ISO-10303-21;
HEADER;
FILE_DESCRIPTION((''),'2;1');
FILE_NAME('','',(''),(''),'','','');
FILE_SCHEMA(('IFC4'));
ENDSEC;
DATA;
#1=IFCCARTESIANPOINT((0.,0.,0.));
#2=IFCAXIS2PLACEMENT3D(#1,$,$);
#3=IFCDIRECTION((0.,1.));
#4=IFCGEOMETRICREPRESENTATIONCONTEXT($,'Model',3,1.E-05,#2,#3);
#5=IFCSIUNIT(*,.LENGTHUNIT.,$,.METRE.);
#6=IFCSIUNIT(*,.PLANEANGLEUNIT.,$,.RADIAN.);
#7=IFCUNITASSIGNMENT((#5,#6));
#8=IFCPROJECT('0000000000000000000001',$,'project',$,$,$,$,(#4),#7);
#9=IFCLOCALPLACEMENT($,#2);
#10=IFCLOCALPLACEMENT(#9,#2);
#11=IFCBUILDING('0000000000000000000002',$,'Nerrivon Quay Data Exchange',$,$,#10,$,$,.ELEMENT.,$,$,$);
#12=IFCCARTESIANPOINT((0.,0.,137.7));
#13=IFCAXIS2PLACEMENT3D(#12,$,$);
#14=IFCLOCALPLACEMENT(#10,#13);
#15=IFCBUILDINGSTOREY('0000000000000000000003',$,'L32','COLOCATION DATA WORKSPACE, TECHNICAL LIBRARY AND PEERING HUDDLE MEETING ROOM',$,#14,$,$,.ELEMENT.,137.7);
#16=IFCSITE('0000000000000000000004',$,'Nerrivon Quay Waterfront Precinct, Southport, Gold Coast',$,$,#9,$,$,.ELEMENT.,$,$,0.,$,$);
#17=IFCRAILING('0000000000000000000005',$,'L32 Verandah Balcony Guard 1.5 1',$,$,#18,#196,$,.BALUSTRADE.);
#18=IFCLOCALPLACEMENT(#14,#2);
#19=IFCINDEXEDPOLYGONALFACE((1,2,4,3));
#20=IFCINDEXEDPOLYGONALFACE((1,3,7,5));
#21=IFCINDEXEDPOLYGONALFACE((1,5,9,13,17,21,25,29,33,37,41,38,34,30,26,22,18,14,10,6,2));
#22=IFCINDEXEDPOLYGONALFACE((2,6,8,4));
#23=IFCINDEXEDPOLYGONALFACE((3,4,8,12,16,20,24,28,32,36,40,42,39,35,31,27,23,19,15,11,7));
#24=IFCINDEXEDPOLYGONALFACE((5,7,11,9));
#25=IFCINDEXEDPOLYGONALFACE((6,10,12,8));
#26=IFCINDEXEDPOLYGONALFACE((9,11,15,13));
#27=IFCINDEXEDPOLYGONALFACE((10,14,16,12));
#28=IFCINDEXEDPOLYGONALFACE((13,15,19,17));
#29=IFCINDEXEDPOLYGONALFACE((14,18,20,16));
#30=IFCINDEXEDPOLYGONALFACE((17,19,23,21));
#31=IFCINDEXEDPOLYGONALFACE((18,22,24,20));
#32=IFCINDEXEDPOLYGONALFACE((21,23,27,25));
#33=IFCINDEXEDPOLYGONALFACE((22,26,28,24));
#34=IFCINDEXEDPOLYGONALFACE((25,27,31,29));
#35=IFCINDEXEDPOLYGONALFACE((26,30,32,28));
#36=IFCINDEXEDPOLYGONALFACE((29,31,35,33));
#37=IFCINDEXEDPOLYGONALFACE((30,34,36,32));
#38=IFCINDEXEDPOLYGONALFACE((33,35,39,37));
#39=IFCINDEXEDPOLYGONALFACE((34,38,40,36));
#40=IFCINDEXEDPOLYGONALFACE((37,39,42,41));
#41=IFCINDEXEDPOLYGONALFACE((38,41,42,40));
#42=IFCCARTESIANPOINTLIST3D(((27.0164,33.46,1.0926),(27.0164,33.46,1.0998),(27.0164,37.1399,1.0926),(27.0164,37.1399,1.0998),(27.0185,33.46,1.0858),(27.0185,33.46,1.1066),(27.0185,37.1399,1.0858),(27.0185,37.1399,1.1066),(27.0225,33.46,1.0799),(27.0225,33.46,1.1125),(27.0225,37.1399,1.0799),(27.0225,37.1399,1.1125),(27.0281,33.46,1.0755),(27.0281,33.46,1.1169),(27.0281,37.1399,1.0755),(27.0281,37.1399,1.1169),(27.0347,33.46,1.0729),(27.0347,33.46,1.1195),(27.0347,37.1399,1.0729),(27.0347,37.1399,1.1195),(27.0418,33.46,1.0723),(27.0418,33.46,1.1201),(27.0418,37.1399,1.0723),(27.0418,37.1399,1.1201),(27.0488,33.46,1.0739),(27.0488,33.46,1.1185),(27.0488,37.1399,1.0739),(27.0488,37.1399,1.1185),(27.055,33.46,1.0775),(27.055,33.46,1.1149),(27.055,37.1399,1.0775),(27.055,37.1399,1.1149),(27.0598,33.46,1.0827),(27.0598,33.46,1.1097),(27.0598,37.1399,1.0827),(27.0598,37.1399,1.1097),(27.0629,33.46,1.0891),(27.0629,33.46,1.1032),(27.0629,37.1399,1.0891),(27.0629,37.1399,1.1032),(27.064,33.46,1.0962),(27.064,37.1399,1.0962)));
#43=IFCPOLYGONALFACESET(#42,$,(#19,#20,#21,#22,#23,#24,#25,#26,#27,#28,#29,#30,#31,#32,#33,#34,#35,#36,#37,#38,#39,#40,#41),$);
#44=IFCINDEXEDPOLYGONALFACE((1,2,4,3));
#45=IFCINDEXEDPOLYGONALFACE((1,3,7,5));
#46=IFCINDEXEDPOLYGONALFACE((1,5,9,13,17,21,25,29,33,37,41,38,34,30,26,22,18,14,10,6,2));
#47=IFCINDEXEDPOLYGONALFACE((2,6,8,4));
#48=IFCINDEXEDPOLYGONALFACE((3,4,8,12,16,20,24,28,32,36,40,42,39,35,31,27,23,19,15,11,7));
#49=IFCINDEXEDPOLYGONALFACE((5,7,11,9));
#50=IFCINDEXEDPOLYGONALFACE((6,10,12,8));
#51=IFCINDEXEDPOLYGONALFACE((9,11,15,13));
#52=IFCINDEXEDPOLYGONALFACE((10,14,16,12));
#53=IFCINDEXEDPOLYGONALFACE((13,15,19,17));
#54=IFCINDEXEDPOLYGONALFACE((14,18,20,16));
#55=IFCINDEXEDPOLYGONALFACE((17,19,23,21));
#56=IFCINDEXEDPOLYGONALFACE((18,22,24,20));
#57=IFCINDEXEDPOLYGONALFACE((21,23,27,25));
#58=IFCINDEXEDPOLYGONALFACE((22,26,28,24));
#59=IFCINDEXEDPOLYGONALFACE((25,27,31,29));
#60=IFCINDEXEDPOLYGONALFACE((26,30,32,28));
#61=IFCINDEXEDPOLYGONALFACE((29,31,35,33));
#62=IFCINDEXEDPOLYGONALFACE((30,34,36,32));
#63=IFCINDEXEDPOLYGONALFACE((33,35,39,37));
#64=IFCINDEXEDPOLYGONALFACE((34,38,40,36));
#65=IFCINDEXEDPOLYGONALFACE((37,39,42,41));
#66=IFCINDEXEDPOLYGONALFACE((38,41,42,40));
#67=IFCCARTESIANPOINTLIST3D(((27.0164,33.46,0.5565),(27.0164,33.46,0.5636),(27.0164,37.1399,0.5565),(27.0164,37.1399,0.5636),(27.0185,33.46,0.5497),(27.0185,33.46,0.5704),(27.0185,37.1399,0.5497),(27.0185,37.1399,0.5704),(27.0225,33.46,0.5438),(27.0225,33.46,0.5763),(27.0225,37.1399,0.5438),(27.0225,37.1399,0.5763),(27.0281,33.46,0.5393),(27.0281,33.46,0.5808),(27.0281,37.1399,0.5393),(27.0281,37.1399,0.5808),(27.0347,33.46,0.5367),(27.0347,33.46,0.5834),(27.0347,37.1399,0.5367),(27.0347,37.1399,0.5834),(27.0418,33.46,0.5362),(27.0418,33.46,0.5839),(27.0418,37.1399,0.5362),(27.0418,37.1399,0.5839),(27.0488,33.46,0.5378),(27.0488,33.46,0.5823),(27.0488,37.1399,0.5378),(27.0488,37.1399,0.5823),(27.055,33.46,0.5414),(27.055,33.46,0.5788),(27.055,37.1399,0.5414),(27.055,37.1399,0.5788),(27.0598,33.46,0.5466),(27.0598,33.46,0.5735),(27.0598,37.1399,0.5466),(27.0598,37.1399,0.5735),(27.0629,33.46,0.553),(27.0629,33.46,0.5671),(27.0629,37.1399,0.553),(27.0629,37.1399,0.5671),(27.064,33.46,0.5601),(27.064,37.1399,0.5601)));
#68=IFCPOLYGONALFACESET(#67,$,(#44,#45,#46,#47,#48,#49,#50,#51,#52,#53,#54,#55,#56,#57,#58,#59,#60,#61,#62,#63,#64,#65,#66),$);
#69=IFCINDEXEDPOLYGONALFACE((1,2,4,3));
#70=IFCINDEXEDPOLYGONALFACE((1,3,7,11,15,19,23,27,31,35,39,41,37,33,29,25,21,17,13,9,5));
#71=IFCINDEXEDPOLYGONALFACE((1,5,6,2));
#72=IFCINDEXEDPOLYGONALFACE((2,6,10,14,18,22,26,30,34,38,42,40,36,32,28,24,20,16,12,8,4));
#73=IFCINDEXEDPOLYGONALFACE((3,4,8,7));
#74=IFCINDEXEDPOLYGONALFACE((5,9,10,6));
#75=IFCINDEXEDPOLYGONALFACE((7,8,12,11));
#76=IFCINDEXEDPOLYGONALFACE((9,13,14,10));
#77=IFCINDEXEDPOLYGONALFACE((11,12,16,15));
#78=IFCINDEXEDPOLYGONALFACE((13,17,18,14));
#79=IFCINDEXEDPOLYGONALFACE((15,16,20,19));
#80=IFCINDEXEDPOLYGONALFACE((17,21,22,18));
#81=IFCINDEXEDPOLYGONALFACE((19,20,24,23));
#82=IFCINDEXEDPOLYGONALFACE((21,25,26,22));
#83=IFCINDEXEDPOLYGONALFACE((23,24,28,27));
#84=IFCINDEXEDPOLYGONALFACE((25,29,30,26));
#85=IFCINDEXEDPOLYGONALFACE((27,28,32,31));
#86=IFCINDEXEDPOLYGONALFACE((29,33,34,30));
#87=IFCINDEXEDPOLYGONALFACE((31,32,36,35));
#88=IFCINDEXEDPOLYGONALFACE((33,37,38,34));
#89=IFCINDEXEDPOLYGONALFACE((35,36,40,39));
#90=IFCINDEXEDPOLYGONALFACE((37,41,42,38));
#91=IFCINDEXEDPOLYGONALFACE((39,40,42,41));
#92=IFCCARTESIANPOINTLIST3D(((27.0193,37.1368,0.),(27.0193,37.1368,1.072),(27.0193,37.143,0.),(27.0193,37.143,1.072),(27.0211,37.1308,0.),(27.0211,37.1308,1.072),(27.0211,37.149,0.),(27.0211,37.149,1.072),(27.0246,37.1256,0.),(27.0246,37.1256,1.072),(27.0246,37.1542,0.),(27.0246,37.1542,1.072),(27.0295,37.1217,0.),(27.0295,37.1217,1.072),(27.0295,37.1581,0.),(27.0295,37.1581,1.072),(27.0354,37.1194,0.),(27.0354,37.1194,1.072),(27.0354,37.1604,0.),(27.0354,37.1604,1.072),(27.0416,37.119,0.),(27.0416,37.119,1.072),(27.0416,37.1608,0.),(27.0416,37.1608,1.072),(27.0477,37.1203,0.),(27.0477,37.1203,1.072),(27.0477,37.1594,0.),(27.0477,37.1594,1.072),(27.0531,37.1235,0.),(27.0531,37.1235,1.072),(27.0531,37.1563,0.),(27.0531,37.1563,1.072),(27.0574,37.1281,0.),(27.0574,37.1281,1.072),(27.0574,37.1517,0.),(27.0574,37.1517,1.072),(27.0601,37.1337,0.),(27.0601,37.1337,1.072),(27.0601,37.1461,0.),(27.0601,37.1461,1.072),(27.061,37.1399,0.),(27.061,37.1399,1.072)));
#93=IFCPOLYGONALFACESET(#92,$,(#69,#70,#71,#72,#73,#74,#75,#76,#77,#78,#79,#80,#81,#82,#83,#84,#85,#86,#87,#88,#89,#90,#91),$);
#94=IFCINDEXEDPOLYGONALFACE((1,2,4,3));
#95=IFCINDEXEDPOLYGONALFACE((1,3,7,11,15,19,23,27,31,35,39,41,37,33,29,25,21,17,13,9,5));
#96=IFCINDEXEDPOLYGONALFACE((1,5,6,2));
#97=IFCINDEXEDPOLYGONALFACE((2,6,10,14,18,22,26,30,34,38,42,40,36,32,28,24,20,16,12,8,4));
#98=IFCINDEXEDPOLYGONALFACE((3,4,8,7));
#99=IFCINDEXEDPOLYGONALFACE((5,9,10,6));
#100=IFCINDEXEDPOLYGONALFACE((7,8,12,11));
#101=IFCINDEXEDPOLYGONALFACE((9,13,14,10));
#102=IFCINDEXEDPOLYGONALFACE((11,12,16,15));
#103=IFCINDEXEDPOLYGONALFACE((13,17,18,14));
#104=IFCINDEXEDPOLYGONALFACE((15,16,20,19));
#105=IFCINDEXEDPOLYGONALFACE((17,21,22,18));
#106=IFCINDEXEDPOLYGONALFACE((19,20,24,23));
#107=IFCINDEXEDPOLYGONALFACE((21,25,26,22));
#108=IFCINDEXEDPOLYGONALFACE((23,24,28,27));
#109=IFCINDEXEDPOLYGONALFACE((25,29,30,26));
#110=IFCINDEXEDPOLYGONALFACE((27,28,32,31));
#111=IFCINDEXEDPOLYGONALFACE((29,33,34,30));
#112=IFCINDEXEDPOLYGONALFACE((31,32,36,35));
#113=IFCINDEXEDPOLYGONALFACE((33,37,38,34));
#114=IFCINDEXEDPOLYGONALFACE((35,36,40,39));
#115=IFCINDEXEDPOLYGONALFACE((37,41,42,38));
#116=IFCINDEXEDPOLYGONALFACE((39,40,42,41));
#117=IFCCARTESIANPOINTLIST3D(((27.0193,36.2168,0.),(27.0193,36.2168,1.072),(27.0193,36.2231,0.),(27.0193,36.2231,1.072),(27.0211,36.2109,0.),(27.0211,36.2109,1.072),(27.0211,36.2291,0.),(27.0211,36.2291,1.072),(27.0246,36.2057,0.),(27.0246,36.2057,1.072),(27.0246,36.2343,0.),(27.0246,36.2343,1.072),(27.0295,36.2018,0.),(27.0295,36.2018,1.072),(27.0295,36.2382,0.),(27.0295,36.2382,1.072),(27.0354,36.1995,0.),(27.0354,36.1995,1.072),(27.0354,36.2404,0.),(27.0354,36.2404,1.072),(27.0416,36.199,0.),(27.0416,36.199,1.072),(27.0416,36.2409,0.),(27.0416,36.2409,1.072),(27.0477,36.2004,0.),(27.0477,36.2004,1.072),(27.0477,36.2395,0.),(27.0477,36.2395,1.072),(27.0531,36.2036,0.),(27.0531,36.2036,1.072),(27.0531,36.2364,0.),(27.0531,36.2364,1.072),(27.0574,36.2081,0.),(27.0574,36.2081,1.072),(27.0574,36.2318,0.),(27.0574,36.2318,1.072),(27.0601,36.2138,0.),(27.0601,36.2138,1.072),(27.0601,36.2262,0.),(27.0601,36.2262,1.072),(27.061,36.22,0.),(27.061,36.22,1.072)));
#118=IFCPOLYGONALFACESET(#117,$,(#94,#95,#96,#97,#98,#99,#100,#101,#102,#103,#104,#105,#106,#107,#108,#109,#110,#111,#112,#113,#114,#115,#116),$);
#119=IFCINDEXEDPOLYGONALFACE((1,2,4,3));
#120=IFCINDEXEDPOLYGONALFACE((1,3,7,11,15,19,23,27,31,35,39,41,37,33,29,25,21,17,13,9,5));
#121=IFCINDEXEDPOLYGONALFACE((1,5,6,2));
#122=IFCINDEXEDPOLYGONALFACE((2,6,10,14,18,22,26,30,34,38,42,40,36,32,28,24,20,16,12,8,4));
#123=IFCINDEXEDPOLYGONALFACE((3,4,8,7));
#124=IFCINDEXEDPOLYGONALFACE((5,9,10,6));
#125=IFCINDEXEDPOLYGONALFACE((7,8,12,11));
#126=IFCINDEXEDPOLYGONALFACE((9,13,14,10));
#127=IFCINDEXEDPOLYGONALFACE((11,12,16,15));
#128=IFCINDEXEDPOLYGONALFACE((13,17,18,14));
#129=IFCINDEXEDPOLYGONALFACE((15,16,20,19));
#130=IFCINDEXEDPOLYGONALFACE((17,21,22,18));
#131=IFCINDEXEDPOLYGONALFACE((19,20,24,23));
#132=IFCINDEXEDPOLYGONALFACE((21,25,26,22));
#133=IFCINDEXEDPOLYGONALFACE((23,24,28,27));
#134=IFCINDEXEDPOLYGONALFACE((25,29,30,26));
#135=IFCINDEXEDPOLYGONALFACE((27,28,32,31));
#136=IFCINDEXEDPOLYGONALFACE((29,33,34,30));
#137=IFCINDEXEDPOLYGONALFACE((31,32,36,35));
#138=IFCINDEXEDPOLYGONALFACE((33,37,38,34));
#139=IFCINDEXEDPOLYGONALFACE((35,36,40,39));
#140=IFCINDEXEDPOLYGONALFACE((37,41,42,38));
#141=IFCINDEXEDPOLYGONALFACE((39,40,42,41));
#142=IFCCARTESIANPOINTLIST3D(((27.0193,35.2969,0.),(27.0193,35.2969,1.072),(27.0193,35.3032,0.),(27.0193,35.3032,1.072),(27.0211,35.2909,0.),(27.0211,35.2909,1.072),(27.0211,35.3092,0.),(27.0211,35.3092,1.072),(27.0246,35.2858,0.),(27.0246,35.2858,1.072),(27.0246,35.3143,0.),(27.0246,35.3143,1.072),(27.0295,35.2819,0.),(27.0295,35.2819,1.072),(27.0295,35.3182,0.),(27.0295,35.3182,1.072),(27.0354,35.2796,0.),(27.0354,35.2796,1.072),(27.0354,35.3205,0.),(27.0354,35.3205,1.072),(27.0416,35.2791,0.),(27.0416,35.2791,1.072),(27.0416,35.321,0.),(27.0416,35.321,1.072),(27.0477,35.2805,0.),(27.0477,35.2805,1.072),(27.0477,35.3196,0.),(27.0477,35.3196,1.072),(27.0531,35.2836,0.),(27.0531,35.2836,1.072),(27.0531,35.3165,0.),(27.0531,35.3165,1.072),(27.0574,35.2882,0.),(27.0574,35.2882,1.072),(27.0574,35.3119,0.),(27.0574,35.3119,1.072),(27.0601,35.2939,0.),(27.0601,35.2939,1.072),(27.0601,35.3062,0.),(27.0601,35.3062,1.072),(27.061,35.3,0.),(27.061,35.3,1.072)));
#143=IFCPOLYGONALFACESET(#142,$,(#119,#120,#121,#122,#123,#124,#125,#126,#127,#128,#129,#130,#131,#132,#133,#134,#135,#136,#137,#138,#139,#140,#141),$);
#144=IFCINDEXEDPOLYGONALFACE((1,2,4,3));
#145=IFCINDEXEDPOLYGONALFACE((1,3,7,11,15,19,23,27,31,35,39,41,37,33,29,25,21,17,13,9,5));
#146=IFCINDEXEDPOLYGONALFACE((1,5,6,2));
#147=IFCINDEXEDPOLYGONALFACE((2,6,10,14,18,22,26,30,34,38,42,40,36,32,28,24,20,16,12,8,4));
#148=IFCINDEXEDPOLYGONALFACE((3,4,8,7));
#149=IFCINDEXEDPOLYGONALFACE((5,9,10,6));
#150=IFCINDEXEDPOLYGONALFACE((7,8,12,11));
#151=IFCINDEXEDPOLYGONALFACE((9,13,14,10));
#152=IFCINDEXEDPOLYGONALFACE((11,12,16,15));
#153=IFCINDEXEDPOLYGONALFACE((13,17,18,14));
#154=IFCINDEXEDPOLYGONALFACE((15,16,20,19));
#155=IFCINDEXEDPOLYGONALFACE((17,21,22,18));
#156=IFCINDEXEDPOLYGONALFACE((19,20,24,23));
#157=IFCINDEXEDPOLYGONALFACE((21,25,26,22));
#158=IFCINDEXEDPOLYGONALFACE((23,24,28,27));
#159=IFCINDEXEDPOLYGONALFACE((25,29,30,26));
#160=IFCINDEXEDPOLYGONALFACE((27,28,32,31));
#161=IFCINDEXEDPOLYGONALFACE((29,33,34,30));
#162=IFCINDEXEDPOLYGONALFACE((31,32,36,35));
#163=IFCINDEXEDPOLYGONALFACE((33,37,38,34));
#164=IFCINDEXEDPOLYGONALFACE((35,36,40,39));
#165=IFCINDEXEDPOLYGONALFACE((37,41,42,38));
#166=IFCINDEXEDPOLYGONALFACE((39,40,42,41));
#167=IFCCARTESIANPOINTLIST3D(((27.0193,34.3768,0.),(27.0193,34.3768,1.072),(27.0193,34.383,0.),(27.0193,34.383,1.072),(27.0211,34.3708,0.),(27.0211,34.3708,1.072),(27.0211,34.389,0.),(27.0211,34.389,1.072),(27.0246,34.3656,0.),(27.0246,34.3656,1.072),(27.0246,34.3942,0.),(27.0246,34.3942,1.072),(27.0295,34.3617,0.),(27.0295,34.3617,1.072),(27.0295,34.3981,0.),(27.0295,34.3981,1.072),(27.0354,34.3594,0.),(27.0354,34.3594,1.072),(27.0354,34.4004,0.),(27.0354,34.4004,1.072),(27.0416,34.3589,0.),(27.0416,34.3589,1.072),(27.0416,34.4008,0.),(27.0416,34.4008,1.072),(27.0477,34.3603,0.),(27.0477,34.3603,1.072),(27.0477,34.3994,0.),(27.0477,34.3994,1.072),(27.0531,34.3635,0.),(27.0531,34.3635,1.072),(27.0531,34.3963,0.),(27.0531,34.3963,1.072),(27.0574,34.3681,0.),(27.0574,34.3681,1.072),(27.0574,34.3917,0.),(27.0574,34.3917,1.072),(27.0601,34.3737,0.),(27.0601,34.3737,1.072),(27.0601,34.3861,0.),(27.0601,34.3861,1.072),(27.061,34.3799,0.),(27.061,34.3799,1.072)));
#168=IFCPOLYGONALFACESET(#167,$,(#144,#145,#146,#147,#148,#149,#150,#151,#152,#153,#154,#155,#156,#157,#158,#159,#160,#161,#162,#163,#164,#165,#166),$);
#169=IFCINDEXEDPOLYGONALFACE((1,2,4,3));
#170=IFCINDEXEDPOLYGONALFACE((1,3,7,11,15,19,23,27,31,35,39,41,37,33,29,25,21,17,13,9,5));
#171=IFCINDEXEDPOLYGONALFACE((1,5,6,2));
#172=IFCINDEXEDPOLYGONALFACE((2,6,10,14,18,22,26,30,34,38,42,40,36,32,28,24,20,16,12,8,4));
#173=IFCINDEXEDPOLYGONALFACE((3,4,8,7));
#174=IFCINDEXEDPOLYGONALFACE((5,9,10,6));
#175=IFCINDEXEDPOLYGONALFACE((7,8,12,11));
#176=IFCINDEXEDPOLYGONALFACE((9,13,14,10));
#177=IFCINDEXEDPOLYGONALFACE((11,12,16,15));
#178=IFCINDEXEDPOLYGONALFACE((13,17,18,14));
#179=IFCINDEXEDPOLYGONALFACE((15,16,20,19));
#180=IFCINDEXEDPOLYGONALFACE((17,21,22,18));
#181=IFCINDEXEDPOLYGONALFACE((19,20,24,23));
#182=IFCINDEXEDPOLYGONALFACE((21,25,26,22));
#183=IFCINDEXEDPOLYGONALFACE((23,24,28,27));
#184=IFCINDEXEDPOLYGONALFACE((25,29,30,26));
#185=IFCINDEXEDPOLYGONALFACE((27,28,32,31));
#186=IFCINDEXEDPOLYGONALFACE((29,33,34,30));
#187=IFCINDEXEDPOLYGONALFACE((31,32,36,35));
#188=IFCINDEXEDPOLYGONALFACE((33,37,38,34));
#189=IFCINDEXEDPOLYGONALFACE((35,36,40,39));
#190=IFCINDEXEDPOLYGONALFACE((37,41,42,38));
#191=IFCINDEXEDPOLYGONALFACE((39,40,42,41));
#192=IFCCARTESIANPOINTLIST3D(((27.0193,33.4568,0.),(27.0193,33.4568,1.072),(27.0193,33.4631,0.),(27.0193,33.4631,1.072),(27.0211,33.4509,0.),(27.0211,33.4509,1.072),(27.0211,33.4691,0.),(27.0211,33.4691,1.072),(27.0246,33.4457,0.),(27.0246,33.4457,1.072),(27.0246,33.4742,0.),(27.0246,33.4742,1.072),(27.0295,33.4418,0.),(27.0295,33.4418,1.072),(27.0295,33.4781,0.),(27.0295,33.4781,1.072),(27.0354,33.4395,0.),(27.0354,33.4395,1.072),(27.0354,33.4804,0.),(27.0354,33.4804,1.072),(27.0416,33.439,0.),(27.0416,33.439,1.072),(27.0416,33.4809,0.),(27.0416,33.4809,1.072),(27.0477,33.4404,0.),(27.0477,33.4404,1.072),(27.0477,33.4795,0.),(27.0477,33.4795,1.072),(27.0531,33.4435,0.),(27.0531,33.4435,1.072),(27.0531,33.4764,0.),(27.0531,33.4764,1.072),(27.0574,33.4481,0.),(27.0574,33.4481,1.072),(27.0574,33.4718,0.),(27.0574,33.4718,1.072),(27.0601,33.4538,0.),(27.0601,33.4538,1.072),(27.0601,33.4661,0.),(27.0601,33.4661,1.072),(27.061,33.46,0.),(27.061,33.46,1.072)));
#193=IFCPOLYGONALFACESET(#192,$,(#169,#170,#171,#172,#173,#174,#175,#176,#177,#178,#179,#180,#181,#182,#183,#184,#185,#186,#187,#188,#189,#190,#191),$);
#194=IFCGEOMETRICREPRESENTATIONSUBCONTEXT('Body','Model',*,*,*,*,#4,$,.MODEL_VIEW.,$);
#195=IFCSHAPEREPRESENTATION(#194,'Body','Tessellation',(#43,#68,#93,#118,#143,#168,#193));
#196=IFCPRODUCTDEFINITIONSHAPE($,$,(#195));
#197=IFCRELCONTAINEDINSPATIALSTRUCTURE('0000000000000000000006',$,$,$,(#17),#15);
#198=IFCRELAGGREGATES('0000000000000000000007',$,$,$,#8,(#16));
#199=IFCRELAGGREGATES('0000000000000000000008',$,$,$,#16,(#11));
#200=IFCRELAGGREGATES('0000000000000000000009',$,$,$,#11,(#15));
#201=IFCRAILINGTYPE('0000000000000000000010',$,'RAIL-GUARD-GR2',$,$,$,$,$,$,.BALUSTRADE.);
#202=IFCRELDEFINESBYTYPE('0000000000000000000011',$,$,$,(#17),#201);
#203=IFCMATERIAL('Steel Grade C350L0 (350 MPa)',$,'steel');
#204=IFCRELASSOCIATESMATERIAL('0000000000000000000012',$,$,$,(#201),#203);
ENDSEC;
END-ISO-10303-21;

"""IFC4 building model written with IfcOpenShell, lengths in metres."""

from ifc_helpers import new_model, si_unit, direction, frame, origin, origin_2d, place, context, subcontext, project, spatial, circle, extrude, material, type_object, element, save


model = new_model("IFC4")

# Units and contexts
model_context = context("Model", 3, precision=1e-05, world=origin(), true_north=direction((0.0, 1.0)))
body_context = subcontext(model_context, "Body", "Model", "MODEL_VIEW")
ifc_project = project(units=[si_unit("LENGTHUNIT", "METRE"), si_unit("PLANEANGLEUNIT", "RADIAN")], contexts=[model_context])

# Site, building, storey
site_placement = place(None, origin())
site = spatial("IfcSite", under=ifc_project, at=site_placement, Name="Nerrivon Quay Waterfront Precinct, Southport, Gold Coast", CompositionType="ELEMENT", RefElevation=0.0)
building_placement = place(site_placement, origin())
building = spatial("IfcBuilding", under=site, at=building_placement, Name="Nerrivon Quay Data Exchange", CompositionType="ELEMENT")
storey_placement = place(building_placement, frame((0.0, 0.0, 137.7)))
storey = spatial("IfcBuildingStorey", under=building, at=storey_placement, Name="L32", Description="COLOCATION DATA WORKSPACE, TECHNICAL LIBRARY AND PEERING HUDDLE MEETING ROOM", CompositionType="ELEMENT", Elevation=137.7)

# Railing
ifc_material_1 = material(Name="Steel Grade C350L0 (350 MPa)", Category="steel")
railing_type = type_object("IfcRailingType", Name="RAIL-GUARD-GR2", PredefinedType="BALUSTRADE", material=ifc_material_1)
railing_1_placement = place(storey_placement, frame((27.04, 37.1399, 0.0)))
element("IfcRailing", 1, at=railing_1_placement, inside=storey, type_object=railing_type, Name="L32 Verandah Balcony Guard 1.5 1", PredefinedType="BALUSTRADE", context=body_context, shape_type="SweptSolid", body=[
    extrude(circle(Radius=0.0239, at=origin_2d()), frame((0.0, 0.0, 1.0962), z_axis=(0.0, -1.0, 0.0), x_axis=(1.0, 0.0, 0.0)), (0.0, 0.0, 1.0), 3.6799),
    extrude(circle(Radius=0.0239, at=origin_2d()), frame((0.0, 0.0, 0.5601), z_axis=(0.0, -1.0, 0.0), x_axis=(1.0, 0.0, 0.0)), (0.0, 0.0, 1.0), 3.6799),
    extrude(circle(Radius=0.021, at=origin_2d()), origin(), (0.0, 0.0, 1.0), 1.072),
    extrude(circle(Radius=0.021, at=origin_2d()), frame((0.0, -0.9199, 0.0)), (0.0, 0.0, 1.0), 1.072),
    extrude(circle(Radius=0.021, at=origin_2d()), frame((0.0, -1.8398, 0.0)), (0.0, 0.0, 1.0), 1.072),
    extrude(circle(Radius=0.021, at=origin_2d()), frame((0.0, -2.76, 0.0)), (0.0, 0.0, 1.0), 1.072),
    extrude(circle(Radius=0.021, at=origin_2d()), frame((0.0, -3.6799, 0.0)), (0.0, 0.0, 1.0), 1.072),
])

save(model, "model.ifc")
